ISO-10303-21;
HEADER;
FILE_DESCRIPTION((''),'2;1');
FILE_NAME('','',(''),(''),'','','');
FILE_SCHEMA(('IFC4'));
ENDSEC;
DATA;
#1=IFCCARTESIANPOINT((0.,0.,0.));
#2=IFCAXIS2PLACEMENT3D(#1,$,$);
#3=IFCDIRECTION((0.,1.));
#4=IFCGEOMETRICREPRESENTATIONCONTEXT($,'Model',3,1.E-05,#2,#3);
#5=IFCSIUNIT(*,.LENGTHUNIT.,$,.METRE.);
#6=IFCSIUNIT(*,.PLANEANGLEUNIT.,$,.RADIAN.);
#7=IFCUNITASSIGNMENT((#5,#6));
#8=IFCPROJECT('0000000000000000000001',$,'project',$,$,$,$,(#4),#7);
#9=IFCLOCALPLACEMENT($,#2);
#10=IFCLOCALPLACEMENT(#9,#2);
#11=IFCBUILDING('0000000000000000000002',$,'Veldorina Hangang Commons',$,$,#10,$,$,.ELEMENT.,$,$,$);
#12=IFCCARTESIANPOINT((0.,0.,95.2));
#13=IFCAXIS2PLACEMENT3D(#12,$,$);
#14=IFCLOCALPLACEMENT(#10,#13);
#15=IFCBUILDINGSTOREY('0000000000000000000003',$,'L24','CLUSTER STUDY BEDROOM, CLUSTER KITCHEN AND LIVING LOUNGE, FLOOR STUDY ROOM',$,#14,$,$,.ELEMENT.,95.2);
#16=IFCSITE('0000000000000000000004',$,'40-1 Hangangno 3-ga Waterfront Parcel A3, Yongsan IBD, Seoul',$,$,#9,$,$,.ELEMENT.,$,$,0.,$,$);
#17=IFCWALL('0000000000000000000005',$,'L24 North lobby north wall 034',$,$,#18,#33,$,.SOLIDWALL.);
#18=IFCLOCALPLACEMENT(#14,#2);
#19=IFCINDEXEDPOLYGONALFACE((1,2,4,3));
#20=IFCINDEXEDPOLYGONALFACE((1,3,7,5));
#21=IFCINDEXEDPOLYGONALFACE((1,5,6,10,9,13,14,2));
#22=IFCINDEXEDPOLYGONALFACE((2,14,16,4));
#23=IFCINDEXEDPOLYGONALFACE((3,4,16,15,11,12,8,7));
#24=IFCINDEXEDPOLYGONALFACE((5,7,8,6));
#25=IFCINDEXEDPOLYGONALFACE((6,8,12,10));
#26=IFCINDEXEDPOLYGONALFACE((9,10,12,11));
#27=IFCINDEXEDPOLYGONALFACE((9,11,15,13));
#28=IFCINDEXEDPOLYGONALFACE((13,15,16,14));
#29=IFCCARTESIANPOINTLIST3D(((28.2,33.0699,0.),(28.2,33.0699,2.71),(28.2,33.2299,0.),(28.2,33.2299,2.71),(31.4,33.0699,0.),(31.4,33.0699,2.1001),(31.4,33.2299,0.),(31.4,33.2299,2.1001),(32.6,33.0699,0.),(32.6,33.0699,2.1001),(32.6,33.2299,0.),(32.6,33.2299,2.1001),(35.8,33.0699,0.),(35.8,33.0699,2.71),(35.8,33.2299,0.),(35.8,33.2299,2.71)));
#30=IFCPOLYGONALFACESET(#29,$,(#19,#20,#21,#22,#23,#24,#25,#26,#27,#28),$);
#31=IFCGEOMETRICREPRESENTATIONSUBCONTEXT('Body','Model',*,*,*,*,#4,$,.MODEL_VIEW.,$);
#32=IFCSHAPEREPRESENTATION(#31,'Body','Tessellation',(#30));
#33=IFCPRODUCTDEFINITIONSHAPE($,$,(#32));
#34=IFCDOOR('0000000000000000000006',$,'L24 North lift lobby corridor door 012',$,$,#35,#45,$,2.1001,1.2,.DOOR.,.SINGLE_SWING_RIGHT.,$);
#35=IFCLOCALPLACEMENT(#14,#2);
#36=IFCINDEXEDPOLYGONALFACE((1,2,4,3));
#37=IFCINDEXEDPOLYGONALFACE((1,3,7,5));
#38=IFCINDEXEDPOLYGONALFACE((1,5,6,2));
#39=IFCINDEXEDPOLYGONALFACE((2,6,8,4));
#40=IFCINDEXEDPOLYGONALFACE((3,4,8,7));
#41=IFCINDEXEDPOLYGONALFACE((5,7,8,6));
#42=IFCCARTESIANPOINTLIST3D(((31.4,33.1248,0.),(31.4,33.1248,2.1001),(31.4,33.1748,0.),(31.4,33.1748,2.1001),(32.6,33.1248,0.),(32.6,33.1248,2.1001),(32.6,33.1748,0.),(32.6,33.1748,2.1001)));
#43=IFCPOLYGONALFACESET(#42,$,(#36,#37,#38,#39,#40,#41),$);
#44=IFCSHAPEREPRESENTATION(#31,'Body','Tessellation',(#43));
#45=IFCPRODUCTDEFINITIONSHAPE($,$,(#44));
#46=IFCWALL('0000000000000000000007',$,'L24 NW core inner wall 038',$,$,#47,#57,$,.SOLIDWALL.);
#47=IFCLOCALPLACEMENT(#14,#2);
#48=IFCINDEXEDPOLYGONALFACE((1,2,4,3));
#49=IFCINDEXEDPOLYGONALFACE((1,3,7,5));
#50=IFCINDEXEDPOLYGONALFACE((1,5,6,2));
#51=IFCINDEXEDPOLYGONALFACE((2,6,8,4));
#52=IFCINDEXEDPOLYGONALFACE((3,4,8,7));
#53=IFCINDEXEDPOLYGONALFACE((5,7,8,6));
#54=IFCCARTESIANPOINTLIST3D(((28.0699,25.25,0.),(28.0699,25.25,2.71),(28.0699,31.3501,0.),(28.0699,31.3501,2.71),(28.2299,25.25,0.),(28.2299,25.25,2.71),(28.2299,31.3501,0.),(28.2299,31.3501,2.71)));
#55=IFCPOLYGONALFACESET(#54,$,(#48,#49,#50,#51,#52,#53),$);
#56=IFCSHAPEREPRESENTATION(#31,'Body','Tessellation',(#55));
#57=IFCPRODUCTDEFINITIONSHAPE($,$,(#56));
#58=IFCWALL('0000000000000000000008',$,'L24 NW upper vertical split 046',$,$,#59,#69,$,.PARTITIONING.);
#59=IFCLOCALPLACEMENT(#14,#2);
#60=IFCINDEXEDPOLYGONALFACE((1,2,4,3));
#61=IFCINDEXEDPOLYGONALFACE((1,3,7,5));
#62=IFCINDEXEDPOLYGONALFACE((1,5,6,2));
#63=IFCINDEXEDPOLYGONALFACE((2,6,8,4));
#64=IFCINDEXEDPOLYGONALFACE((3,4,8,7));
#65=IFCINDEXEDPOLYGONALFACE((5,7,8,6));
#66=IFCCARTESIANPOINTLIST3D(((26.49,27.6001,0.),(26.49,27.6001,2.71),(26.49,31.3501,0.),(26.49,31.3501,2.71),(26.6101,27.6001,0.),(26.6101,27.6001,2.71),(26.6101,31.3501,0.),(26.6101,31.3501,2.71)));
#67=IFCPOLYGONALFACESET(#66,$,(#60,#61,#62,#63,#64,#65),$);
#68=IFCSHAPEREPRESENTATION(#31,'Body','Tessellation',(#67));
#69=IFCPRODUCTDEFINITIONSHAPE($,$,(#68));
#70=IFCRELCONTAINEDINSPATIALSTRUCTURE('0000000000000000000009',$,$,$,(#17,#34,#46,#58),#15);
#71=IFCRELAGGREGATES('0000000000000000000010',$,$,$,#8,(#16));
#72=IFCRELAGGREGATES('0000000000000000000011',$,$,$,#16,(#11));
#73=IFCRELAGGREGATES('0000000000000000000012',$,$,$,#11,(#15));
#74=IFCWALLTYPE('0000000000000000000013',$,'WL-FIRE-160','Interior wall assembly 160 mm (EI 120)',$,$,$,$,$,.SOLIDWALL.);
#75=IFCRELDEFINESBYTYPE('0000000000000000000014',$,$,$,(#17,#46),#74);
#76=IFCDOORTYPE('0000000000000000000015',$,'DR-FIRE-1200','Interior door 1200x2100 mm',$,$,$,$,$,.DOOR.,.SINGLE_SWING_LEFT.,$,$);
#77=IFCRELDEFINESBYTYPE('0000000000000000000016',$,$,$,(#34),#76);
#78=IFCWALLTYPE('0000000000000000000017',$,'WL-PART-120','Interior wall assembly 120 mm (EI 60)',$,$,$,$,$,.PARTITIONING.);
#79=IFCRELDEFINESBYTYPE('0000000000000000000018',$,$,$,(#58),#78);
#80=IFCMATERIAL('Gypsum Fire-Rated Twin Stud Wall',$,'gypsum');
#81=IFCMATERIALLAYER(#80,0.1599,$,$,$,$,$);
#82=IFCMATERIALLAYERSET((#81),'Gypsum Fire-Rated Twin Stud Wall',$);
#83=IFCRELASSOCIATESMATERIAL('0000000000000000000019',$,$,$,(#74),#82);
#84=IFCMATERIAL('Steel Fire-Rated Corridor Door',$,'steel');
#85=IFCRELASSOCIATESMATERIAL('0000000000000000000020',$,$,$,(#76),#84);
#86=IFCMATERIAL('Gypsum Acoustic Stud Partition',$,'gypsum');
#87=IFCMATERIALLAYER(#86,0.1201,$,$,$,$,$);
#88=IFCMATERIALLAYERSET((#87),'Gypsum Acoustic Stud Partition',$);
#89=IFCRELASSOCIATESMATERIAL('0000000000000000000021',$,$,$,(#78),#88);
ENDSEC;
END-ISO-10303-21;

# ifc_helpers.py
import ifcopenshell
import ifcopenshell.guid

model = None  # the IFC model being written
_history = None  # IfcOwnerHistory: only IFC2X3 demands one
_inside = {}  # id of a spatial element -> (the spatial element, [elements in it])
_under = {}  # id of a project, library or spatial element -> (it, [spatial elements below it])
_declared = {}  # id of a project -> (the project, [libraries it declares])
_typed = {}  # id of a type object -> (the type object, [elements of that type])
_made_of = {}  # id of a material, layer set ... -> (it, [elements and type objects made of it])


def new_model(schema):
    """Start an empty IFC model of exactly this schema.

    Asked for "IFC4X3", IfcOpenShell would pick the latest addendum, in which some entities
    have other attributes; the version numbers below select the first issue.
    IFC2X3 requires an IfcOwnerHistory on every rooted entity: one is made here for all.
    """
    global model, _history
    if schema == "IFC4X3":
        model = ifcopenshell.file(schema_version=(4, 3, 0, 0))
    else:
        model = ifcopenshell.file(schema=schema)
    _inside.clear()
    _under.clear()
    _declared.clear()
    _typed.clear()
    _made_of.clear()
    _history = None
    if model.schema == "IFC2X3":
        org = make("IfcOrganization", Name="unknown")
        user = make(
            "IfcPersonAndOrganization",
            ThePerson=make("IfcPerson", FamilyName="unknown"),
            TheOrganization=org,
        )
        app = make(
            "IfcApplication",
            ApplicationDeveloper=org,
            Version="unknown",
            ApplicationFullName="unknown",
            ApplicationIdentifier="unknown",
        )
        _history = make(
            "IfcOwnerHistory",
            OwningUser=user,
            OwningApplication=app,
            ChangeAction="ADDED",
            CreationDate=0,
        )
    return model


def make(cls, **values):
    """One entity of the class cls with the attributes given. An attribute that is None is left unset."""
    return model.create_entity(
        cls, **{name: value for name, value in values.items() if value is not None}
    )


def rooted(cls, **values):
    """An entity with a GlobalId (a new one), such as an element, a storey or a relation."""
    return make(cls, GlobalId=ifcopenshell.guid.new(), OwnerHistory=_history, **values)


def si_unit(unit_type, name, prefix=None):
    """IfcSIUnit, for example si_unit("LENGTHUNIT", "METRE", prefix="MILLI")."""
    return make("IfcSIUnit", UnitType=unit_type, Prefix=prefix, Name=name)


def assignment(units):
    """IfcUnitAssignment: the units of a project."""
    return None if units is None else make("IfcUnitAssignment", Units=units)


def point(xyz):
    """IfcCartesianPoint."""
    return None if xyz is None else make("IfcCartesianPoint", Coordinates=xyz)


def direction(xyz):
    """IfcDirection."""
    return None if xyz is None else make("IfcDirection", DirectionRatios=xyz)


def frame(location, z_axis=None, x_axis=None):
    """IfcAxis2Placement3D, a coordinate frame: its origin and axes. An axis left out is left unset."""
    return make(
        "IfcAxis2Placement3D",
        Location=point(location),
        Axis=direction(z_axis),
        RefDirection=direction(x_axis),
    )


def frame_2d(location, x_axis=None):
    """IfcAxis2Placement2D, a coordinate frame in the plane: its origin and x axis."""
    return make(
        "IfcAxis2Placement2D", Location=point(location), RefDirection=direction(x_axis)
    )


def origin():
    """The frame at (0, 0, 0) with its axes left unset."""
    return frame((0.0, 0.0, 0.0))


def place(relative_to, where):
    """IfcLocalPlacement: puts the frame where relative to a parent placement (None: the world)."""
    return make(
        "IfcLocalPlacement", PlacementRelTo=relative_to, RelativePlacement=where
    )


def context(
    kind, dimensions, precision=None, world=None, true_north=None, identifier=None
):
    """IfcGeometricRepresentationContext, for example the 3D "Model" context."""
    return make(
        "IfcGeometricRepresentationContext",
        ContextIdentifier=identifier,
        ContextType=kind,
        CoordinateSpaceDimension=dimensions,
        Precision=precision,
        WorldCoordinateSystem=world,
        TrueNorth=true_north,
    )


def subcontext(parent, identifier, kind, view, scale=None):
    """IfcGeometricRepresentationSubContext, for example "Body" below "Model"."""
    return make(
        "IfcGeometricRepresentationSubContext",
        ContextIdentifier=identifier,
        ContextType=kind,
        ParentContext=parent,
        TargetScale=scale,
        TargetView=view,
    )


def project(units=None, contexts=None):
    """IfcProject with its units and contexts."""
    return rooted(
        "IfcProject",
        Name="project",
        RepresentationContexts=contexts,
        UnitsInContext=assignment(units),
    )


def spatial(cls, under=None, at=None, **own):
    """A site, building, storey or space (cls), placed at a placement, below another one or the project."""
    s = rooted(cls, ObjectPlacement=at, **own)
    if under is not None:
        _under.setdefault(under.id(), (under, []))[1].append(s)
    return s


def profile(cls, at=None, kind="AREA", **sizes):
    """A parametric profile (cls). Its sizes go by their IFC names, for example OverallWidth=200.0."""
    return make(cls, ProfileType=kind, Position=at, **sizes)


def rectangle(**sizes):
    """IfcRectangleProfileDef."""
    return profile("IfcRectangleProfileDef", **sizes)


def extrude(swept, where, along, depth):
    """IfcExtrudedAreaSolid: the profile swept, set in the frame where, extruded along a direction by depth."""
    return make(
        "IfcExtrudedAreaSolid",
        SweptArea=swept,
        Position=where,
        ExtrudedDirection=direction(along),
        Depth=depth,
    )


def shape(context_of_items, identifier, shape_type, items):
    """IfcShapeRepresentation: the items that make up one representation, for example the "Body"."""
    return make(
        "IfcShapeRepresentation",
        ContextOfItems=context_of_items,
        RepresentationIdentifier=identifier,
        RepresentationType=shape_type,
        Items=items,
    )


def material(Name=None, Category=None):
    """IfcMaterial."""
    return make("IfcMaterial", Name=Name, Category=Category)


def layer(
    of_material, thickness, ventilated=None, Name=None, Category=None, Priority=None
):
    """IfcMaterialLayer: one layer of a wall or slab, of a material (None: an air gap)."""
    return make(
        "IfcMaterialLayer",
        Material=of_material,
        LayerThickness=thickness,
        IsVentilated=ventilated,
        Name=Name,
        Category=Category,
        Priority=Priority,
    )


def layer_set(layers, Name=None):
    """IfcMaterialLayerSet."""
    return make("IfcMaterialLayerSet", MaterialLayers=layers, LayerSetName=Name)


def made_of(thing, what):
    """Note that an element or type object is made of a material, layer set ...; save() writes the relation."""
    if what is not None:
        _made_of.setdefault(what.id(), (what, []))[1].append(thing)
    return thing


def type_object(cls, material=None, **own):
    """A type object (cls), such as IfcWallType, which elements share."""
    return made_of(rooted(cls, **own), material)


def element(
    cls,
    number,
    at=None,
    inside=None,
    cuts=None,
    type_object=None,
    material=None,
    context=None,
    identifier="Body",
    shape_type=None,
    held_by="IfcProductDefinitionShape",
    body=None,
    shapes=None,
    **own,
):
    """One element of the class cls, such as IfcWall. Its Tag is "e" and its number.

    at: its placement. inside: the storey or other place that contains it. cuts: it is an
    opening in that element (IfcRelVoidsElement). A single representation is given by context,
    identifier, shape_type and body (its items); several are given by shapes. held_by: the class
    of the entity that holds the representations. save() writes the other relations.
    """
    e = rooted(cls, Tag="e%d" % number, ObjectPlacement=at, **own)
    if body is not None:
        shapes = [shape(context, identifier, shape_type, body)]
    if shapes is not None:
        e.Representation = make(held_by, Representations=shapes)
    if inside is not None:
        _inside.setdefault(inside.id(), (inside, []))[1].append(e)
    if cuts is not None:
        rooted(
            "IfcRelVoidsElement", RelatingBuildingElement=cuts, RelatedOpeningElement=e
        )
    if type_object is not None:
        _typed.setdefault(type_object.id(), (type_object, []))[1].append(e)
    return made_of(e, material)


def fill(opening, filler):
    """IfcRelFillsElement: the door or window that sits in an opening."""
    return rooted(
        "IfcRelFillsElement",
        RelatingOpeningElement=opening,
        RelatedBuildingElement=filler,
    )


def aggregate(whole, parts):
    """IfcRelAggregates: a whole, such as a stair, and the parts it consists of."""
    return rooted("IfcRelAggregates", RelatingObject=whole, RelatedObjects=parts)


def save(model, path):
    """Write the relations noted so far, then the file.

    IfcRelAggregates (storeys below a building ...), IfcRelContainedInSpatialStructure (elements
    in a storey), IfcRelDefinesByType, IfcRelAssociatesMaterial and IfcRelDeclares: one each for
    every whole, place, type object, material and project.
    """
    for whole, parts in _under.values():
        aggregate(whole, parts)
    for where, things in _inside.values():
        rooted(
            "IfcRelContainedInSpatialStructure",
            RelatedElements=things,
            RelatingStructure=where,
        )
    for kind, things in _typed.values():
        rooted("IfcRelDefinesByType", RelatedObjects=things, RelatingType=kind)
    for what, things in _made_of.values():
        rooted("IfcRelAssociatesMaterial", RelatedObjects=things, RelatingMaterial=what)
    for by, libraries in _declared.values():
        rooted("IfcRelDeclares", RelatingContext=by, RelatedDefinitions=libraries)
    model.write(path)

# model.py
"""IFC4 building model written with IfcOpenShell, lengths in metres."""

from ifc_helpers import new_model, si_unit, direction, frame, frame_2d, origin, place, context, subcontext, project, spatial, rectangle, extrude, material, layer, layer_set, type_object, element, fill, save


model = new_model("IFC4")

# Units and contexts
model_context = context("Model", 3, precision=1e-05, world=origin(), true_north=direction((0.0, 1.0)))
body_context = subcontext(model_context, "Body", "Model", "MODEL_VIEW")
ifc_project = project(units=[si_unit("LENGTHUNIT", "METRE"), si_unit("PLANEANGLEUNIT", "RADIAN")], contexts=[model_context])

# Site, building, storey
site_placement = place(None, origin())
site = spatial("IfcSite", under=ifc_project, at=site_placement, Name="40-1 Hangangno 3-ga Waterfront Parcel A3, Yongsan IBD, Seoul", CompositionType="ELEMENT", RefElevation=0.0)
building_placement = place(site_placement, origin())
building = spatial("IfcBuilding", under=site, at=building_placement, Name="Veldorina Hangang Commons", CompositionType="ELEMENT")
storey_placement = place(building_placement, frame((0.0, 0.0, 95.2)))
storey = spatial("IfcBuildingStorey", under=building, at=storey_placement, Name="L24", Description="CLUSTER STUDY BEDROOM, CLUSTER KITCHEN AND LIVING LOUNGE, FLOOR STUDY ROOM", CompositionType="ELEMENT", Elevation=95.2)

# Shared definitions
ifc_material_1 = material(Name="Gypsum Fire-Rated Twin Stud Wall", Category="gypsum")
ifc_layer_1 = layer(ifc_material_1, 0.1599)
ifc_layer_set_1 = layer_set([ifc_layer_1], Name="Gypsum Fire-Rated Twin Stud Wall")
wall_type_1 = type_object("IfcWallType", Name="WL-FIRE-160", Description="Interior wall assembly 160 mm (EI 120)", PredefinedType="SOLIDWALL", material=ifc_layer_set_1)

# Wall, opening, door
wall_1_placement = place(storey_placement, frame((28.2, 33.1499, 0.0), z_axis=(0.0, 0.0, 1.0), x_axis=(1.0, 0.0, 0.0)))
wall_1 = element("IfcWall", 1, at=wall_1_placement, inside=storey, type_object=wall_type_1, Name="L24 North lobby north wall 034", PredefinedType="SOLIDWALL", context=body_context, shape_type="SweptSolid", body=[
    extrude(rectangle(XDim=7.6001, YDim=0.1599, at=frame_2d((3.8, 0.0))), origin(), (0.0, 0.0, 1.0), 2.71),
])
opening_1_placement = place(wall_1_placement, frame((3.2, 0.0, 0.0)))
opening_1 = element("IfcOpeningElement", 2, at=opening_1_placement, cuts=wall_1, PredefinedType="OPENING", context=body_context, shape_type="SweptSolid", body=[
    extrude(rectangle(XDim=1.2, YDim=2.1001, at=frame_2d((0.6001, 1.05))), frame((0.0, 0.0898, 0.0), z_axis=(0.0, -1.0, 0.0), x_axis=(1.0, 0.0, 0.0)), (0.0, 0.0, 1.0), 0.1799),
])
ifc_material_2 = material(Name="Steel Fire-Rated Corridor Door", Category="steel")
door_type_1 = type_object("IfcDoorType", Name="DR-FIRE-1200", Description="Interior door 1200x2100 mm", OperationType="SINGLE_SWING_LEFT", PredefinedType="DOOR", material=ifc_material_2)
door_1_placement = place(opening_1_placement, origin())
door_1 = element("IfcDoor", 3, at=door_1_placement, inside=storey, type_object=door_type_1, Name="L24 North lift lobby corridor door 012", OperationType="SINGLE_SWING_RIGHT", OverallHeight=2.1001, OverallWidth=1.2, PredefinedType="DOOR", context=body_context, shape_type="SweptSolid", body=[
    extrude(rectangle(XDim=1.2, YDim=2.1001, at=frame_2d((0.6001, 1.05))), frame((0.0, 0.0249, 0.0), z_axis=(0.0, -1.0, 0.0), x_axis=(1.0, 0.0, 0.0)), (0.0, 0.0, 1.0), 0.05),
])
fill(opening_1, door_1)

# Walls
wall_2_placement = place(storey_placement, frame((28.1499, 25.25, 0.0), z_axis=(0.0, 0.0, 1.0), x_axis=(0.0, 1.0, 0.0)))
element("IfcWall", 4, at=wall_2_placement, inside=storey, type_object=wall_type_1, Name="L24 NW core inner wall 038", PredefinedType="SOLIDWALL", context=body_context, shape_type="SweptSolid", body=[
    extrude(rectangle(XDim=6.1001, YDim=0.1599, at=frame_2d((3.05, 0.0))), origin(), (0.0, 0.0, 1.0), 2.71),
])
ifc_material_3 = material(Name="Gypsum Acoustic Stud Partition", Category="gypsum")
ifc_layer_2 = layer(ifc_material_3, 0.1201)
ifc_layer_set_2 = layer_set([ifc_layer_2], Name="Gypsum Acoustic Stud Partition")
wall_type_2 = type_object("IfcWallType", Name="WL-PART-120", Description="Interior wall assembly 120 mm (EI 60)", PredefinedType="PARTITIONING", material=ifc_layer_set_2)
wall_3_placement = place(storey_placement, frame((26.55, 27.6001, 0.0), z_axis=(0.0, 0.0, 1.0), x_axis=(0.0, 1.0, 0.0)))
element("IfcWall", 5, at=wall_3_placement, inside=storey, type_object=wall_type_2, Name="L24 NW upper vertical split 046", PredefinedType="PARTITIONING", context=body_context, shape_type="SweptSolid", body=[
    extrude(rectangle(XDim=3.75, YDim=0.1201, at=frame_2d((1.875, 0.0))), origin(), (0.0, 0.0, 1.0), 2.71),
])

save(model, "model.ifc")
